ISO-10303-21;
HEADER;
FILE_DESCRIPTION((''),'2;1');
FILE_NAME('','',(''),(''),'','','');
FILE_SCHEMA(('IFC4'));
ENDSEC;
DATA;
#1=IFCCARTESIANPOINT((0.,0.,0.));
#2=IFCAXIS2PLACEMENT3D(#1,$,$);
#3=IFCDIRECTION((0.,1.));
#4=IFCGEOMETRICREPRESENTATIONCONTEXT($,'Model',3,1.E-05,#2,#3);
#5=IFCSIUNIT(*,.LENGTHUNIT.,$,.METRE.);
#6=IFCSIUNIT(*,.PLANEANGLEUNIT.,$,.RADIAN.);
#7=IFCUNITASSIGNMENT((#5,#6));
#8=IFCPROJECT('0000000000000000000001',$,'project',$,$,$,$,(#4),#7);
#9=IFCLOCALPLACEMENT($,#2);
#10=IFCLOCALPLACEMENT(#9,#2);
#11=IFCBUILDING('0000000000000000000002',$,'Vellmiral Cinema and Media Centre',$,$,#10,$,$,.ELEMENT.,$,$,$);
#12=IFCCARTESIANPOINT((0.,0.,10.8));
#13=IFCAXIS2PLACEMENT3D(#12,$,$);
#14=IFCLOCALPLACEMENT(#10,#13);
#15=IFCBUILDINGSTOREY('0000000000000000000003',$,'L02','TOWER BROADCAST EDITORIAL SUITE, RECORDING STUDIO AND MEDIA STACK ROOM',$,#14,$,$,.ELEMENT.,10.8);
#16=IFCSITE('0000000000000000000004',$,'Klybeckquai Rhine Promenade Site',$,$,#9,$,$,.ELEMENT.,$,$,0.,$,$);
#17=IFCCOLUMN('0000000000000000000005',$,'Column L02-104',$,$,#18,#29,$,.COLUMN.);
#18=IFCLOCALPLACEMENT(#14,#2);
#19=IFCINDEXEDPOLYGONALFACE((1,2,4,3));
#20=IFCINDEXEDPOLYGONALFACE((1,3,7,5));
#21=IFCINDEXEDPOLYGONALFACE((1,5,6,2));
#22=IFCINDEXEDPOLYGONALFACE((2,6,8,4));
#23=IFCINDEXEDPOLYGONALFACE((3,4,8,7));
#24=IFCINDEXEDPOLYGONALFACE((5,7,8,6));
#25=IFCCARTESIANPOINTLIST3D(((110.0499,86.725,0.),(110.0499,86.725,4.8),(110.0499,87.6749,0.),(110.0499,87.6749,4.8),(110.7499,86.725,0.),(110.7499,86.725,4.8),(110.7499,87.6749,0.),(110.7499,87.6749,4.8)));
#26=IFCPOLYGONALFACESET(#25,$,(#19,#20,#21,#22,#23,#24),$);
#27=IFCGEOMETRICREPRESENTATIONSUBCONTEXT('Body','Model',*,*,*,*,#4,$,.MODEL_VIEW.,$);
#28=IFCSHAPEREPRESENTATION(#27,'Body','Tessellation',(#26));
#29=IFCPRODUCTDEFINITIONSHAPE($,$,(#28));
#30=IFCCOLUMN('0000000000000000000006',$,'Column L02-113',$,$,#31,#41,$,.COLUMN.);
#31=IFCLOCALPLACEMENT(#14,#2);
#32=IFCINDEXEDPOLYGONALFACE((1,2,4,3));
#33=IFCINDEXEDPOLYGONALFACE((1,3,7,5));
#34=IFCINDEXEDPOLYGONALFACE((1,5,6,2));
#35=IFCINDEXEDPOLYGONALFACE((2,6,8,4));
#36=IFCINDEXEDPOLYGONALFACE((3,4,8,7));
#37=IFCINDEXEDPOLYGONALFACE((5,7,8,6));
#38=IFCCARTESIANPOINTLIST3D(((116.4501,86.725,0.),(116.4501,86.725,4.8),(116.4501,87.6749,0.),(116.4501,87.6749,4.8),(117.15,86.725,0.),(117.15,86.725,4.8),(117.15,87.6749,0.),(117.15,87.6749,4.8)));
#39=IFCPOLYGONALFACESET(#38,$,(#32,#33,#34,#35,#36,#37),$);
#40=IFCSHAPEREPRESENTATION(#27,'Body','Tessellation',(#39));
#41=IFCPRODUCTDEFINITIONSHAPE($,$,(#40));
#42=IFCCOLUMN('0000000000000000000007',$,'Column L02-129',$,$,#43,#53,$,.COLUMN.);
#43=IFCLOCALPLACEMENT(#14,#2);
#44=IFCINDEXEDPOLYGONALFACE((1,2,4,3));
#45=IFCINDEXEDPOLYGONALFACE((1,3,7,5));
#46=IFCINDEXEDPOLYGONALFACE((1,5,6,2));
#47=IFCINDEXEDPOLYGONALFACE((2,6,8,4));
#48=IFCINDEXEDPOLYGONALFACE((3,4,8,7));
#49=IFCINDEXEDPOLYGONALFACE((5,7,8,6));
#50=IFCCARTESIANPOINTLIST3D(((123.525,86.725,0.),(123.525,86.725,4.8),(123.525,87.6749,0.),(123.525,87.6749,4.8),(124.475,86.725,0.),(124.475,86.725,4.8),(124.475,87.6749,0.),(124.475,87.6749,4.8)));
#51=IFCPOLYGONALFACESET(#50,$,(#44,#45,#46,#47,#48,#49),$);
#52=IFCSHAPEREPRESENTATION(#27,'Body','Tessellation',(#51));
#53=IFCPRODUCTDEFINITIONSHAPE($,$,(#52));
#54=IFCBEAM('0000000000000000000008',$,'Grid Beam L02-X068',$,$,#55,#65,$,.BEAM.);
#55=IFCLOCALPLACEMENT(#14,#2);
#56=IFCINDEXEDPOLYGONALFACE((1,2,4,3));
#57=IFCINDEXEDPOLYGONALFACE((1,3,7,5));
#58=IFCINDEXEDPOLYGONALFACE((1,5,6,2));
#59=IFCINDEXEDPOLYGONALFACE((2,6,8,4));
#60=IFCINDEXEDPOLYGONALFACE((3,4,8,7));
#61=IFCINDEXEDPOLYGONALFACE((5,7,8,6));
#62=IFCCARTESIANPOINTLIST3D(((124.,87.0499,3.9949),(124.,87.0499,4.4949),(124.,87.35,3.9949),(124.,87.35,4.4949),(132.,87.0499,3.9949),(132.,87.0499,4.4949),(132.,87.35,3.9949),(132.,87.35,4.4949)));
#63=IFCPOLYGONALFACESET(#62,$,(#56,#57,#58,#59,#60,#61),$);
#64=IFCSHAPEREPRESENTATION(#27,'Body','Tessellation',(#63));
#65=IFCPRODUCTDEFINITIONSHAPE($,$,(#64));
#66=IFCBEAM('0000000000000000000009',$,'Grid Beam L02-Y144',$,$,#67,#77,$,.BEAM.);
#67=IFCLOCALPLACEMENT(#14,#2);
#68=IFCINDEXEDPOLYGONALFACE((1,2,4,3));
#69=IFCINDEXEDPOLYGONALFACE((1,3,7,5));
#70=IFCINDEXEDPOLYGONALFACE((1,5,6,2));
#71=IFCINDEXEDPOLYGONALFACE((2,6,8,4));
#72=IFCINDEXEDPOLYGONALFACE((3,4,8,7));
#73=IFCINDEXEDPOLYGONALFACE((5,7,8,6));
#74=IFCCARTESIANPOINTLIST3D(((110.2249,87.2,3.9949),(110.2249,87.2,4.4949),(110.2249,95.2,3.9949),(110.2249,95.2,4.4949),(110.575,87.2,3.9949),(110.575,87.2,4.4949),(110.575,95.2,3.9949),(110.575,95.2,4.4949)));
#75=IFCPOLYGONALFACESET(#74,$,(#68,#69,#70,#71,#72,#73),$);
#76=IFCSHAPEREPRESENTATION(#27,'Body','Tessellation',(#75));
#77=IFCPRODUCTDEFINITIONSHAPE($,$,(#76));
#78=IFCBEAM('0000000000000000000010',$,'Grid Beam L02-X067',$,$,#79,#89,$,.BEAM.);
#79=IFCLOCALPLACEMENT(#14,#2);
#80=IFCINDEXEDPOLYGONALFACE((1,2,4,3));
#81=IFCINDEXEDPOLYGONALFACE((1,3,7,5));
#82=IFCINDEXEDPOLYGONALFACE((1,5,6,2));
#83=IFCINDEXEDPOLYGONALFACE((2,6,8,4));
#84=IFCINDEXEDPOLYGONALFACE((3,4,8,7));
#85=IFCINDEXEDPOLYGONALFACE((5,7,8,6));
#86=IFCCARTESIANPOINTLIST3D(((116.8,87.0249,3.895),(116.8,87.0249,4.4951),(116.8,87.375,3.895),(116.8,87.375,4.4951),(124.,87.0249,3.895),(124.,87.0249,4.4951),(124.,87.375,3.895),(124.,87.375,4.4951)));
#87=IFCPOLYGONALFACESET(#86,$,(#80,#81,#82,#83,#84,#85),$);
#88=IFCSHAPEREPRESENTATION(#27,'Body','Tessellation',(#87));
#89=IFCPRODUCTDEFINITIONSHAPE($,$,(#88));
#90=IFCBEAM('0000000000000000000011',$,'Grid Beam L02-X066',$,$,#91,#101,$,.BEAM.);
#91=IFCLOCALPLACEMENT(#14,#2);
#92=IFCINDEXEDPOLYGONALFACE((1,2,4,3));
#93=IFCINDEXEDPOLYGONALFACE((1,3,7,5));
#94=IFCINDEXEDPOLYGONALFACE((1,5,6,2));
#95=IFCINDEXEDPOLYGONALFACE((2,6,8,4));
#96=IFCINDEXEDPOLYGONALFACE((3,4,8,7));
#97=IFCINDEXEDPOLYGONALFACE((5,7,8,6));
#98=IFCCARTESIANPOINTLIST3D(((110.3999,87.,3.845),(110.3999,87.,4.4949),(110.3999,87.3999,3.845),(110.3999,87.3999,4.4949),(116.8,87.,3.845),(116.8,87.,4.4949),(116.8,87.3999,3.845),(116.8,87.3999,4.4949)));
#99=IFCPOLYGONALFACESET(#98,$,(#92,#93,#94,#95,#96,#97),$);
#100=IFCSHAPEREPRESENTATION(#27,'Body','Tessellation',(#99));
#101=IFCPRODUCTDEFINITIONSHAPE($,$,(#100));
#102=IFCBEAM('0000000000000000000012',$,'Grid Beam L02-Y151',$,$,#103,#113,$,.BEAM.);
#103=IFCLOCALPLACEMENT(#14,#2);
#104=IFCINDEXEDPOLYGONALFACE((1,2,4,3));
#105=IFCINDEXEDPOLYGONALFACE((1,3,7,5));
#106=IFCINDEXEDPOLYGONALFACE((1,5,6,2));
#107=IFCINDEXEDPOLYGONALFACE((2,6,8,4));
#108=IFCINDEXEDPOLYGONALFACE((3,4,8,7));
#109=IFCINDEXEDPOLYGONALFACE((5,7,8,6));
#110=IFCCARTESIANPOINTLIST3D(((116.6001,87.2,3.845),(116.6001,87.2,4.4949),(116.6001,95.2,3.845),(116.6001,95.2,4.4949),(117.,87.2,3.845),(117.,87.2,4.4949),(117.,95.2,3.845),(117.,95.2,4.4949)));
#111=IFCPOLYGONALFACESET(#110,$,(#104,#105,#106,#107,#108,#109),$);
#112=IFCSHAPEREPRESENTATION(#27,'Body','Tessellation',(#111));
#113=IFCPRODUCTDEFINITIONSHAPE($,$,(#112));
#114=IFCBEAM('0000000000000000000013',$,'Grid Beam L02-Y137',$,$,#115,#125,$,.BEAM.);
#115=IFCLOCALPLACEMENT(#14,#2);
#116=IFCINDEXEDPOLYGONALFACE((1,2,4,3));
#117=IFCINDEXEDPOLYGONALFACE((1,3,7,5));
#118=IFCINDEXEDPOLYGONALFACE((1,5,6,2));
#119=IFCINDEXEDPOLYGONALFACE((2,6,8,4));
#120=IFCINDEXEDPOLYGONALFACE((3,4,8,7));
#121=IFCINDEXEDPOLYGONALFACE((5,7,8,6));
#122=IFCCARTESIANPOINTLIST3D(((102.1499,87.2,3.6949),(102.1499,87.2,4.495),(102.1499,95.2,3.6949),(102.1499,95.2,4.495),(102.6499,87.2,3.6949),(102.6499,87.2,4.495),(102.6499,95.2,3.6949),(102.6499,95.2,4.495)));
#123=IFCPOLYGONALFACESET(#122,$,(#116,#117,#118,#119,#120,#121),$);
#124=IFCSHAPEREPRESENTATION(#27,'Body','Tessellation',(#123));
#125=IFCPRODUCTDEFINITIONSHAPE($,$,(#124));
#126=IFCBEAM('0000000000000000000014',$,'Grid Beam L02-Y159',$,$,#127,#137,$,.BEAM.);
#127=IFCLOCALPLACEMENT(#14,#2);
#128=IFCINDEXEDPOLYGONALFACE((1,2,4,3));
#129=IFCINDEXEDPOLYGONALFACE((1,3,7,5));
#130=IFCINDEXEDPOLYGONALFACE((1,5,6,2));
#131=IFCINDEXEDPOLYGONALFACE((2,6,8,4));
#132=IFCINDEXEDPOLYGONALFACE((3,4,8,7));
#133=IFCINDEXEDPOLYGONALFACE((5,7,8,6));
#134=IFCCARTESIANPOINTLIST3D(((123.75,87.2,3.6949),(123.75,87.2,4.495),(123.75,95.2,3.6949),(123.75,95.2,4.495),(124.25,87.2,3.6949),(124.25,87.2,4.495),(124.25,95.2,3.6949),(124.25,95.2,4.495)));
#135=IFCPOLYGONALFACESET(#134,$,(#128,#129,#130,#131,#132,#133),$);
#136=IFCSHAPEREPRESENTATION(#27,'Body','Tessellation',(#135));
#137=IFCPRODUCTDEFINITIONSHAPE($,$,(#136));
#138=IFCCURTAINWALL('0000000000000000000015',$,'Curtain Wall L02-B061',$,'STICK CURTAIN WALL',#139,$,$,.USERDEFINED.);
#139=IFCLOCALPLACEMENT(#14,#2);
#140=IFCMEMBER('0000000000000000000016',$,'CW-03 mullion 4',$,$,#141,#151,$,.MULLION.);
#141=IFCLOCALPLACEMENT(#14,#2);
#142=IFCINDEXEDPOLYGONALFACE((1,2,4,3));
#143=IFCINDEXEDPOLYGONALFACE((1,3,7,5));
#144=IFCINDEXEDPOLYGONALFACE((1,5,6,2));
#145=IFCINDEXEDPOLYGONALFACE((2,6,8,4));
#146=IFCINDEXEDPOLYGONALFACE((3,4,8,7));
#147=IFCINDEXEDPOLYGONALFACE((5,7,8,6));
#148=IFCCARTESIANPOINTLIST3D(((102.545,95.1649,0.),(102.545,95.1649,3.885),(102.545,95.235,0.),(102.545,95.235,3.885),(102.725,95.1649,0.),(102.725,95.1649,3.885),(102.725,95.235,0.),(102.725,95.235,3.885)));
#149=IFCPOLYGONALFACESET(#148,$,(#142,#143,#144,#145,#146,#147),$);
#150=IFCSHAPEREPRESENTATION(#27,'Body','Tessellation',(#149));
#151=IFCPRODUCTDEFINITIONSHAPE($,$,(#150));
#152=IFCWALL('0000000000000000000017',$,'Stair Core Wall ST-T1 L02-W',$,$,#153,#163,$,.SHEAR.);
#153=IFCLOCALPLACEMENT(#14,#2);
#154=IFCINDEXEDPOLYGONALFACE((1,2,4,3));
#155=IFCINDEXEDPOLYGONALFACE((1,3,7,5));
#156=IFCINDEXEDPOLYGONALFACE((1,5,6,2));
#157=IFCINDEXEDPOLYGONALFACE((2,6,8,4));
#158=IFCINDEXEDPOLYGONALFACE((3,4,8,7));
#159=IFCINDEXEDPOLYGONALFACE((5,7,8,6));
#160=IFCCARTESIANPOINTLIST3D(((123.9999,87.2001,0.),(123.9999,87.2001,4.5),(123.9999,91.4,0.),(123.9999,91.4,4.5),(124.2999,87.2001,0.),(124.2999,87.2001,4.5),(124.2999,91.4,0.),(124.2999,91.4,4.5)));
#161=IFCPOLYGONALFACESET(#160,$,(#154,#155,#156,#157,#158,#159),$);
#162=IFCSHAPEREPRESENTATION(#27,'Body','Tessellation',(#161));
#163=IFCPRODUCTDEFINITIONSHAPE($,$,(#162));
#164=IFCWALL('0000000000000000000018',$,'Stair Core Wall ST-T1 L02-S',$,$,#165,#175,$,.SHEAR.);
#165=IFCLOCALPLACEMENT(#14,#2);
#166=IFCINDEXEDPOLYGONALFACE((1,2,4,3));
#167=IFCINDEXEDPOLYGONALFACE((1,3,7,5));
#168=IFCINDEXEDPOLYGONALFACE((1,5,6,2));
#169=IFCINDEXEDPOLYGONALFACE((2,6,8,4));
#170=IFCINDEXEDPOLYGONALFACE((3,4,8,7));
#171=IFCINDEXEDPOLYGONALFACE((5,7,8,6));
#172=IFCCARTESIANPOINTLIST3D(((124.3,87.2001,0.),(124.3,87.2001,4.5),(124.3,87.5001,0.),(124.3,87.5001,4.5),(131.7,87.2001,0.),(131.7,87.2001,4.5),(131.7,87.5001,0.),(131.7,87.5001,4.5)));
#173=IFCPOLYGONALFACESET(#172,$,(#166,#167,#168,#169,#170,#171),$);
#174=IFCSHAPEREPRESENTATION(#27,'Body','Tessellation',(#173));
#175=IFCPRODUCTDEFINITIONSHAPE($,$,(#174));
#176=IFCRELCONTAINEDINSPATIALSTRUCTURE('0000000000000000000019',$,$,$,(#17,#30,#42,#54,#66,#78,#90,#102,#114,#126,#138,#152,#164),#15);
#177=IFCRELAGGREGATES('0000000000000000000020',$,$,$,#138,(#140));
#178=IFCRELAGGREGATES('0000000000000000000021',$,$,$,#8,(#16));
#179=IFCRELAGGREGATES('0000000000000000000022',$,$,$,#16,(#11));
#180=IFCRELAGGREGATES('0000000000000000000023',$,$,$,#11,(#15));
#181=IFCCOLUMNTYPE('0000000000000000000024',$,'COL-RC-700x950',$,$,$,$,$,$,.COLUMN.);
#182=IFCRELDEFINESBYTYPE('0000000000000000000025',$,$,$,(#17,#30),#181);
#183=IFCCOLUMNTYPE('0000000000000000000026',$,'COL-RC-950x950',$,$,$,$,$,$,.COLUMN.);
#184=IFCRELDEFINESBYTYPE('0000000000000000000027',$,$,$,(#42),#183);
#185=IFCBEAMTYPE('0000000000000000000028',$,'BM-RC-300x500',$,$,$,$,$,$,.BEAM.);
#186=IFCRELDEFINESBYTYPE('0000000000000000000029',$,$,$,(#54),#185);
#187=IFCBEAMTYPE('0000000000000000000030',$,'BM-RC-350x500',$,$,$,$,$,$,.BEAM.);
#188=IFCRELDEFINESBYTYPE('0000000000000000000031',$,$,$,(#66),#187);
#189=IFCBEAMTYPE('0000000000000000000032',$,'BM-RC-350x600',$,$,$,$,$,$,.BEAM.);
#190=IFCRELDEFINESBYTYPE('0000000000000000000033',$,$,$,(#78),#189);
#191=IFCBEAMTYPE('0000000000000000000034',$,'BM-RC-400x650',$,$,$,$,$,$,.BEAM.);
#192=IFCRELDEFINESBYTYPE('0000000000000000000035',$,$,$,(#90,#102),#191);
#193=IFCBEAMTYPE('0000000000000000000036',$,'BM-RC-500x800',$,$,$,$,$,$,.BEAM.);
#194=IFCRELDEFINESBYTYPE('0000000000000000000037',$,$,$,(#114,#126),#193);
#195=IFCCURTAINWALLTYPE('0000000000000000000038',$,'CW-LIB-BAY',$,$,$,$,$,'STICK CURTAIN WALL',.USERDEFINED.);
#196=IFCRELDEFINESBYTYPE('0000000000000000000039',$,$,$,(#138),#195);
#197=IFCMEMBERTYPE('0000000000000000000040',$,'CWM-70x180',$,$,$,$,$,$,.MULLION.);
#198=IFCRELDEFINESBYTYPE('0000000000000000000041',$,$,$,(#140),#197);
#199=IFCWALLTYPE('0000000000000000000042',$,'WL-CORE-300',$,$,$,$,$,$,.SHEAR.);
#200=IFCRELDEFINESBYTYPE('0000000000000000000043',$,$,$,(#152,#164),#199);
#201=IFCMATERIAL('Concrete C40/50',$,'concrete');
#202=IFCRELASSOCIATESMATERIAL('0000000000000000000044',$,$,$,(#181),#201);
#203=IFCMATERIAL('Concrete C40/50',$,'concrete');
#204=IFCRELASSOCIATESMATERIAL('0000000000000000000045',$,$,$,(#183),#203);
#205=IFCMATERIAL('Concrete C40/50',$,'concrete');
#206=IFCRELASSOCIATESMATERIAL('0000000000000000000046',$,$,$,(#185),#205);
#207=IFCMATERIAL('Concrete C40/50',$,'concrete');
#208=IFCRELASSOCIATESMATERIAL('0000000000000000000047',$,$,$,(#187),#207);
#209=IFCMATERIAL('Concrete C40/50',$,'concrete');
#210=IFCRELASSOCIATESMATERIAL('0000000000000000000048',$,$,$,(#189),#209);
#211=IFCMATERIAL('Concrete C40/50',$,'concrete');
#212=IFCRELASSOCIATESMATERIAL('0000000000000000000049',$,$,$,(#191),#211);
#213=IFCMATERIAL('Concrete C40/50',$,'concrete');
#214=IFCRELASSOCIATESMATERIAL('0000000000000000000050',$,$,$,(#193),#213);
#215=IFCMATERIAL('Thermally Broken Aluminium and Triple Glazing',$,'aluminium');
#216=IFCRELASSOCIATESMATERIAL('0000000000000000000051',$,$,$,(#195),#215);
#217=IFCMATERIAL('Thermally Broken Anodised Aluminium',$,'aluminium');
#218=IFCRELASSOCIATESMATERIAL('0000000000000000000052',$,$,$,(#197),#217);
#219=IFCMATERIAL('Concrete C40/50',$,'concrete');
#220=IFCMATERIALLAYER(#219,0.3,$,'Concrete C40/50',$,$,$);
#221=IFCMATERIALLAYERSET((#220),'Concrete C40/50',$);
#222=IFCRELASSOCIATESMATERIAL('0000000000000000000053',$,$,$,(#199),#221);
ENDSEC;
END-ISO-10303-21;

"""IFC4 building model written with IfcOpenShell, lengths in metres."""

from ifc_helpers import new_model, si_unit, direction, frame, frame_2d, origin, origin_2d, place, context, subcontext, project, spatial, rectangle, extrude, material, layer, layer_set, material_profile, profile_set, type_object, element, aggregate, save


model = new_model("IFC4")

# Units and contexts
model_context = context("Model", 3, precision=1e-05, world=origin(), true_north=direction((0.0, 1.0)))
body_context = subcontext(model_context, "Body", "Model", "MODEL_VIEW")
ifc_project = project(units=[si_unit("LENGTHUNIT", "METRE"), si_unit("PLANEANGLEUNIT", "RADIAN")], contexts=[model_context])

# Site, building, storey
site_placement = place(None, origin())
site = spatial("IfcSite", under=ifc_project, at=site_placement, Name="Klybeckquai Rhine Promenade Site", CompositionType="ELEMENT", RefElevation=0.0)
building_placement = place(site_placement, origin())
building = spatial("IfcBuilding", under=site, at=building_placement, Name="Vellmiral Cinema and Media Centre", CompositionType="ELEMENT")
storey_placement = place(building_placement, frame((0.0, 0.0, 10.8)))
storey = spatial("IfcBuildingStorey", under=building, at=storey_placement, Name="L02", Description="TOWER BROADCAST EDITORIAL SUITE, RECORDING STUDIO AND MEDIA STACK ROOM", CompositionType="ELEMENT", Elevation=10.8)

# Columns
ifc_material_1 = material(Name="Concrete C40/50", Category="concrete")
ifc_material_profile_1 = material_profile(ifc_material_1, rectangle(XDim=0.7, YDim=0.95, at=origin_2d()), Name="RC 700x950")
ifc_profile_set_1 = profile_set([ifc_material_profile_1], Name="Concrete C40/50")
column_type_1 = type_object("IfcColumnType", Name="COL-RC-700x950", PredefinedType="COLUMN", material=ifc_profile_set_1)
for number, where, z_axis, x_axis, name in (
    (1, (110.3999, 87.2, 0.0), (0.0, 0.0, 1.0), (1.0, 0.0, 0.0), "Column L02-104"),
    (2, (116.8, 87.2, 0.0), (0.0, 0.0, 1.0), (1.0, 0.0, 0.0), "Column L02-113"),
):
    element("IfcColumn", number, at=place(storey_placement, frame(where, z_axis=z_axis, x_axis=x_axis)), inside=storey, type_object=column_type_1, Name=name, PredefinedType="COLUMN", context=body_context, shape_type="SweptSolid", body=[
        extrude(rectangle(XDim=0.7, YDim=0.95, at=origin_2d()), origin(), (0.0, 0.0, 1.0), 4.8),
    ])
ifc_material_2 = material(Name="Concrete C40/50", Category="concrete")
ifc_material_profile_2 = material_profile(ifc_material_2, rectangle(XDim=0.95, YDim=0.95, at=origin_2d()), Name="RC 950x950")
ifc_profile_set_2 = profile_set([ifc_material_profile_2], Name="Concrete C40/50")
column_type_2 = type_object("IfcColumnType", Name="COL-RC-950x950", PredefinedType="COLUMN", material=ifc_profile_set_2)
column_placement = place(storey_placement, frame((124.0, 87.2, 0.0), z_axis=(0.0, 0.0, 1.0), x_axis=(1.0, 0.0, 0.0)))
element("IfcColumn", 3, at=column_placement, inside=storey, type_object=column_type_2, Name="Column L02-129", PredefinedType="COLUMN", context=body_context, shape_type="SweptSolid", body=[
    extrude(rectangle(XDim=0.95, YDim=0.95, at=origin_2d()), origin(), (0.0, 0.0, 1.0), 4.8),
])

# Beams
ifc_material_3 = material(Name="Concrete C40/50", Category="concrete")
ifc_material_profile_3 = material_profile(ifc_material_3, rectangle(XDim=0.3, YDim=0.5, at=origin_2d()), Name="RC 300x500")
ifc_profile_set_3 = profile_set([ifc_material_profile_3], Name="Concrete C40/50")
beam_type_1 = type_object("IfcBeamType", Name="BM-RC-300x500", PredefinedType="BEAM", material=ifc_profile_set_3)
beam_1_placement = place(storey_placement, frame((124.0, 87.2, 4.2449), z_axis=(1.0, 0.0, 0.0), x_axis=(0.0, 1.0, 0.0)))
element("IfcBeam", 4, at=beam_1_placement, inside=storey, type_object=beam_type_1, Name="Grid Beam L02-X068", PredefinedType="BEAM", context=body_context, shape_type="SweptSolid", body=[
    extrude(rectangle(XDim=0.3, YDim=0.5, at=origin_2d()), origin(), (0.0, 0.0, 1.0), 8.0),
])
ifc_material_4 = material(Name="Concrete C40/50", Category="concrete")
ifc_material_profile_4 = material_profile(ifc_material_4, rectangle(XDim=0.3501, YDim=0.5, at=origin_2d()), Name="RC 350x500")
ifc_profile_set_4 = profile_set([ifc_material_profile_4], Name="Concrete C40/50")
beam_type_2 = type_object("IfcBeamType", Name="BM-RC-350x500", PredefinedType="BEAM", material=ifc_profile_set_4)
beam_2_placement = place(storey_placement, frame((110.3999, 87.2, 4.2449), z_axis=(0.0, 1.0, 0.0), x_axis=(-1.0, 0.0, 0.0)))
element("IfcBeam", 5, at=beam_2_placement, inside=storey, type_object=beam_type_2, Name="Grid Beam L02-Y144", PredefinedType="BEAM", context=body_context, shape_type="SweptSolid", body=[
    extrude(rectangle(XDim=0.3501, YDim=0.5, at=origin_2d()), origin(), (0.0, 0.0, 1.0), 8.0),
])
ifc_material_5 = material(Name="Concrete C40/50", Category="concrete")
ifc_material_profile_5 = material_profile(ifc_material_5, rectangle(XDim=0.3501, YDim=0.6001, at=origin_2d()), Name="RC 350x600")
ifc_profile_set_5 = profile_set([ifc_material_profile_5], Name="Concrete C40/50")
beam_type_3 = type_object("IfcBeamType", Name="BM-RC-350x600", PredefinedType="BEAM", material=ifc_profile_set_5)
beam_3_placement = place(storey_placement, frame((116.8, 87.2, 4.1951), z_axis=(1.0, 0.0, 0.0), x_axis=(0.0, 1.0, 0.0)))
element("IfcBeam", 6, at=beam_3_placement, inside=storey, type_object=beam_type_3, Name="Grid Beam L02-X067", PredefinedType="BEAM", context=body_context, shape_type="SweptSolid", body=[
    extrude(rectangle(XDim=0.3501, YDim=0.6001, at=origin_2d()), origin(), (0.0, 0.0, 1.0), 7.2),
])
ifc_material_6 = material(Name="Concrete C40/50", Category="concrete")
ifc_material_profile_6 = material_profile(ifc_material_6, rectangle(XDim=0.3999, YDim=0.6499, at=origin_2d()), Name="RC 400x650")
ifc_profile_set_6 = profile_set([ifc_material_profile_6], Name="Concrete C40/50")
beam_type_4 = type_object("IfcBeamType", Name="BM-RC-400x650", PredefinedType="BEAM", material=ifc_profile_set_6)
beam_4_placement = place(storey_placement, frame((110.3999, 87.2, 4.1699), z_axis=(1.0, 0.0, 0.0), x_axis=(0.0, 1.0, 0.0)))
element("IfcBeam", 7, at=beam_4_placement, inside=storey, type_object=beam_type_4, Name="Grid Beam L02-X066", PredefinedType="BEAM", context=body_context, shape_type="SweptSolid", body=[
    extrude(rectangle(XDim=0.3999, YDim=0.6499, at=origin_2d()), origin(), (0.0, 0.0, 1.0), 6.4001),
])
beam_5_placement = place(storey_placement, frame((116.8, 87.2, 4.1699), z_axis=(0.0, 1.0, 0.0), x_axis=(-1.0, 0.0, 0.0)))
element("IfcBeam", 8, at=beam_5_placement, inside=storey, type_object=beam_type_4, Name="Grid Beam L02-Y151", PredefinedType="BEAM", context=body_context, shape_type="SweptSolid", body=[
    extrude(rectangle(XDim=0.3999, YDim=0.6499, at=origin_2d()), origin(), (0.0, 0.0, 1.0), 8.0),
])
ifc_material_7 = material(Name="Concrete C40/50", Category="concrete")
ifc_material_profile_7 = material_profile(ifc_material_7, rectangle(XDim=0.5, YDim=0.8, at=origin_2d()), Name="RC 500x800")
ifc_profile_set_7 = profile_set([ifc_material_profile_7], Name="Concrete C40/50")
beam_type_5 = type_object("IfcBeamType", Name="BM-RC-500x800", PredefinedType="BEAM", material=ifc_profile_set_7)
for number, where, z_axis, x_axis, name in (
    (9, (102.3999, 87.2, 4.095), (0.0, 1.0, 0.0), (-1.0, 0.0, 0.0), "Grid Beam L02-Y137"),
    (10, (124.0, 87.2, 4.095), (0.0, 1.0, 0.0), (-1.0, 0.0, 0.0), "Grid Beam L02-Y159"),
):
    element("IfcBeam", number, at=place(storey_placement, frame(where, z_axis=z_axis, x_axis=x_axis)), inside=storey, type_object=beam_type_5, Name=name, PredefinedType="BEAM", context=body_context, shape_type="SweptSolid", body=[
        extrude(rectangle(XDim=0.5, YDim=0.8, at=origin_2d()), origin(), (0.0, 0.0, 1.0), 8.0),
    ])

# Curtain wall, member
ifc_material_8 = material(Name="Thermally Broken Aluminium and Triple Glazing", Category="aluminium")
curtain_wall_type = type_object("IfcCurtainWallType", Name="CW-LIB-BAY", ElementType="STICK CURTAIN WALL", PredefinedType="USERDEFINED", material=ifc_material_8)
curtain_wall_placement = place(storey_placement, origin())
curtain_wall = element("IfcCurtainWall", 11, at=curtain_wall_placement, inside=storey, type_object=curtain_wall_type, Name="Curtain Wall L02-B061", ObjectType="STICK CURTAIN WALL", PredefinedType="USERDEFINED")
ifc_material_9 = material(Name="Thermally Broken Anodised Aluminium", Category="aluminium")
ifc_material_profile_8 = material_profile(ifc_material_9, rectangle(XDim=0.0701, YDim=0.1799, at=origin_2d()), Name="MULL 70x180")
ifc_profile_set_8 = profile_set([ifc_material_profile_8], Name="Thermally Broken Anodised Aluminium")
member_type = type_object("IfcMemberType", Name="CWM-70x180", PredefinedType="MULLION", material=ifc_profile_set_8)
member_placement = place(storey_placement, frame((102.635, 95.2, 0.0), z_axis=(0.0, 0.0, 1.0), x_axis=(0.0, -1.0, 0.0)))
member = element("IfcMember", 12, at=member_placement, type_object=member_type, Name="CW-03 mullion 4", PredefinedType="MULLION", context=body_context, shape_type="SweptSolid", body=[
    extrude(rectangle(XDim=0.0701, YDim=0.1799, at=origin_2d()), origin(), (0.0, 0.0, 1.0), 3.885),
])
aggregate(curtain_wall, [member])

# Walls
ifc_material_10 = material(Name="Concrete C40/50", Category="concrete")
ifc_layer_1 = layer(ifc_material_10, 0.3, Name="Concrete C40/50")
ifc_layer_set_1 = layer_set([ifc_layer_1], Name="Concrete C40/50")
wall_type_1 = type_object("IfcWallType", Name="WL-CORE-300", PredefinedType="SHEAR", material=ifc_layer_set_1)
wall_1_placement = place(storey_placement, frame((124.1499, 87.2, 0.0), z_axis=(0.0, 0.0, 1.0), x_axis=(0.0, 1.0, 0.0)))
element("IfcWall", 13, at=wall_1_placement, inside=storey, type_object=wall_type_1, Name="Stair Core Wall ST-T1 L02-W", PredefinedType="SHEAR", context=body_context, shape_type="SweptSolid", body=[
    extrude(rectangle(XDim=4.2, YDim=0.3, at=frame_2d((2.1001, 0.0))), origin(), (0.0, 0.0, 1.0), 4.5),
])
wall_2_placement = place(storey_placement, frame((124.3, 87.3501, 0.0), z_axis=(0.0, 0.0, 1.0), x_axis=(1.0, 0.0, 0.0)))
element("IfcWall", 14, at=wall_2_placement, inside=storey, type_object=wall_type_1, Name="Stair Core Wall ST-T1 L02-S", PredefinedType="SHEAR", context=body_context, shape_type="SweptSolid", body=[
    extrude(rectangle(XDim=7.3999, YDim=0.3, at=frame_2d((3.7, 0.0))), origin(), (0.0, 0.0, 1.0), 4.5),
])

save(model, "model.ifc")
